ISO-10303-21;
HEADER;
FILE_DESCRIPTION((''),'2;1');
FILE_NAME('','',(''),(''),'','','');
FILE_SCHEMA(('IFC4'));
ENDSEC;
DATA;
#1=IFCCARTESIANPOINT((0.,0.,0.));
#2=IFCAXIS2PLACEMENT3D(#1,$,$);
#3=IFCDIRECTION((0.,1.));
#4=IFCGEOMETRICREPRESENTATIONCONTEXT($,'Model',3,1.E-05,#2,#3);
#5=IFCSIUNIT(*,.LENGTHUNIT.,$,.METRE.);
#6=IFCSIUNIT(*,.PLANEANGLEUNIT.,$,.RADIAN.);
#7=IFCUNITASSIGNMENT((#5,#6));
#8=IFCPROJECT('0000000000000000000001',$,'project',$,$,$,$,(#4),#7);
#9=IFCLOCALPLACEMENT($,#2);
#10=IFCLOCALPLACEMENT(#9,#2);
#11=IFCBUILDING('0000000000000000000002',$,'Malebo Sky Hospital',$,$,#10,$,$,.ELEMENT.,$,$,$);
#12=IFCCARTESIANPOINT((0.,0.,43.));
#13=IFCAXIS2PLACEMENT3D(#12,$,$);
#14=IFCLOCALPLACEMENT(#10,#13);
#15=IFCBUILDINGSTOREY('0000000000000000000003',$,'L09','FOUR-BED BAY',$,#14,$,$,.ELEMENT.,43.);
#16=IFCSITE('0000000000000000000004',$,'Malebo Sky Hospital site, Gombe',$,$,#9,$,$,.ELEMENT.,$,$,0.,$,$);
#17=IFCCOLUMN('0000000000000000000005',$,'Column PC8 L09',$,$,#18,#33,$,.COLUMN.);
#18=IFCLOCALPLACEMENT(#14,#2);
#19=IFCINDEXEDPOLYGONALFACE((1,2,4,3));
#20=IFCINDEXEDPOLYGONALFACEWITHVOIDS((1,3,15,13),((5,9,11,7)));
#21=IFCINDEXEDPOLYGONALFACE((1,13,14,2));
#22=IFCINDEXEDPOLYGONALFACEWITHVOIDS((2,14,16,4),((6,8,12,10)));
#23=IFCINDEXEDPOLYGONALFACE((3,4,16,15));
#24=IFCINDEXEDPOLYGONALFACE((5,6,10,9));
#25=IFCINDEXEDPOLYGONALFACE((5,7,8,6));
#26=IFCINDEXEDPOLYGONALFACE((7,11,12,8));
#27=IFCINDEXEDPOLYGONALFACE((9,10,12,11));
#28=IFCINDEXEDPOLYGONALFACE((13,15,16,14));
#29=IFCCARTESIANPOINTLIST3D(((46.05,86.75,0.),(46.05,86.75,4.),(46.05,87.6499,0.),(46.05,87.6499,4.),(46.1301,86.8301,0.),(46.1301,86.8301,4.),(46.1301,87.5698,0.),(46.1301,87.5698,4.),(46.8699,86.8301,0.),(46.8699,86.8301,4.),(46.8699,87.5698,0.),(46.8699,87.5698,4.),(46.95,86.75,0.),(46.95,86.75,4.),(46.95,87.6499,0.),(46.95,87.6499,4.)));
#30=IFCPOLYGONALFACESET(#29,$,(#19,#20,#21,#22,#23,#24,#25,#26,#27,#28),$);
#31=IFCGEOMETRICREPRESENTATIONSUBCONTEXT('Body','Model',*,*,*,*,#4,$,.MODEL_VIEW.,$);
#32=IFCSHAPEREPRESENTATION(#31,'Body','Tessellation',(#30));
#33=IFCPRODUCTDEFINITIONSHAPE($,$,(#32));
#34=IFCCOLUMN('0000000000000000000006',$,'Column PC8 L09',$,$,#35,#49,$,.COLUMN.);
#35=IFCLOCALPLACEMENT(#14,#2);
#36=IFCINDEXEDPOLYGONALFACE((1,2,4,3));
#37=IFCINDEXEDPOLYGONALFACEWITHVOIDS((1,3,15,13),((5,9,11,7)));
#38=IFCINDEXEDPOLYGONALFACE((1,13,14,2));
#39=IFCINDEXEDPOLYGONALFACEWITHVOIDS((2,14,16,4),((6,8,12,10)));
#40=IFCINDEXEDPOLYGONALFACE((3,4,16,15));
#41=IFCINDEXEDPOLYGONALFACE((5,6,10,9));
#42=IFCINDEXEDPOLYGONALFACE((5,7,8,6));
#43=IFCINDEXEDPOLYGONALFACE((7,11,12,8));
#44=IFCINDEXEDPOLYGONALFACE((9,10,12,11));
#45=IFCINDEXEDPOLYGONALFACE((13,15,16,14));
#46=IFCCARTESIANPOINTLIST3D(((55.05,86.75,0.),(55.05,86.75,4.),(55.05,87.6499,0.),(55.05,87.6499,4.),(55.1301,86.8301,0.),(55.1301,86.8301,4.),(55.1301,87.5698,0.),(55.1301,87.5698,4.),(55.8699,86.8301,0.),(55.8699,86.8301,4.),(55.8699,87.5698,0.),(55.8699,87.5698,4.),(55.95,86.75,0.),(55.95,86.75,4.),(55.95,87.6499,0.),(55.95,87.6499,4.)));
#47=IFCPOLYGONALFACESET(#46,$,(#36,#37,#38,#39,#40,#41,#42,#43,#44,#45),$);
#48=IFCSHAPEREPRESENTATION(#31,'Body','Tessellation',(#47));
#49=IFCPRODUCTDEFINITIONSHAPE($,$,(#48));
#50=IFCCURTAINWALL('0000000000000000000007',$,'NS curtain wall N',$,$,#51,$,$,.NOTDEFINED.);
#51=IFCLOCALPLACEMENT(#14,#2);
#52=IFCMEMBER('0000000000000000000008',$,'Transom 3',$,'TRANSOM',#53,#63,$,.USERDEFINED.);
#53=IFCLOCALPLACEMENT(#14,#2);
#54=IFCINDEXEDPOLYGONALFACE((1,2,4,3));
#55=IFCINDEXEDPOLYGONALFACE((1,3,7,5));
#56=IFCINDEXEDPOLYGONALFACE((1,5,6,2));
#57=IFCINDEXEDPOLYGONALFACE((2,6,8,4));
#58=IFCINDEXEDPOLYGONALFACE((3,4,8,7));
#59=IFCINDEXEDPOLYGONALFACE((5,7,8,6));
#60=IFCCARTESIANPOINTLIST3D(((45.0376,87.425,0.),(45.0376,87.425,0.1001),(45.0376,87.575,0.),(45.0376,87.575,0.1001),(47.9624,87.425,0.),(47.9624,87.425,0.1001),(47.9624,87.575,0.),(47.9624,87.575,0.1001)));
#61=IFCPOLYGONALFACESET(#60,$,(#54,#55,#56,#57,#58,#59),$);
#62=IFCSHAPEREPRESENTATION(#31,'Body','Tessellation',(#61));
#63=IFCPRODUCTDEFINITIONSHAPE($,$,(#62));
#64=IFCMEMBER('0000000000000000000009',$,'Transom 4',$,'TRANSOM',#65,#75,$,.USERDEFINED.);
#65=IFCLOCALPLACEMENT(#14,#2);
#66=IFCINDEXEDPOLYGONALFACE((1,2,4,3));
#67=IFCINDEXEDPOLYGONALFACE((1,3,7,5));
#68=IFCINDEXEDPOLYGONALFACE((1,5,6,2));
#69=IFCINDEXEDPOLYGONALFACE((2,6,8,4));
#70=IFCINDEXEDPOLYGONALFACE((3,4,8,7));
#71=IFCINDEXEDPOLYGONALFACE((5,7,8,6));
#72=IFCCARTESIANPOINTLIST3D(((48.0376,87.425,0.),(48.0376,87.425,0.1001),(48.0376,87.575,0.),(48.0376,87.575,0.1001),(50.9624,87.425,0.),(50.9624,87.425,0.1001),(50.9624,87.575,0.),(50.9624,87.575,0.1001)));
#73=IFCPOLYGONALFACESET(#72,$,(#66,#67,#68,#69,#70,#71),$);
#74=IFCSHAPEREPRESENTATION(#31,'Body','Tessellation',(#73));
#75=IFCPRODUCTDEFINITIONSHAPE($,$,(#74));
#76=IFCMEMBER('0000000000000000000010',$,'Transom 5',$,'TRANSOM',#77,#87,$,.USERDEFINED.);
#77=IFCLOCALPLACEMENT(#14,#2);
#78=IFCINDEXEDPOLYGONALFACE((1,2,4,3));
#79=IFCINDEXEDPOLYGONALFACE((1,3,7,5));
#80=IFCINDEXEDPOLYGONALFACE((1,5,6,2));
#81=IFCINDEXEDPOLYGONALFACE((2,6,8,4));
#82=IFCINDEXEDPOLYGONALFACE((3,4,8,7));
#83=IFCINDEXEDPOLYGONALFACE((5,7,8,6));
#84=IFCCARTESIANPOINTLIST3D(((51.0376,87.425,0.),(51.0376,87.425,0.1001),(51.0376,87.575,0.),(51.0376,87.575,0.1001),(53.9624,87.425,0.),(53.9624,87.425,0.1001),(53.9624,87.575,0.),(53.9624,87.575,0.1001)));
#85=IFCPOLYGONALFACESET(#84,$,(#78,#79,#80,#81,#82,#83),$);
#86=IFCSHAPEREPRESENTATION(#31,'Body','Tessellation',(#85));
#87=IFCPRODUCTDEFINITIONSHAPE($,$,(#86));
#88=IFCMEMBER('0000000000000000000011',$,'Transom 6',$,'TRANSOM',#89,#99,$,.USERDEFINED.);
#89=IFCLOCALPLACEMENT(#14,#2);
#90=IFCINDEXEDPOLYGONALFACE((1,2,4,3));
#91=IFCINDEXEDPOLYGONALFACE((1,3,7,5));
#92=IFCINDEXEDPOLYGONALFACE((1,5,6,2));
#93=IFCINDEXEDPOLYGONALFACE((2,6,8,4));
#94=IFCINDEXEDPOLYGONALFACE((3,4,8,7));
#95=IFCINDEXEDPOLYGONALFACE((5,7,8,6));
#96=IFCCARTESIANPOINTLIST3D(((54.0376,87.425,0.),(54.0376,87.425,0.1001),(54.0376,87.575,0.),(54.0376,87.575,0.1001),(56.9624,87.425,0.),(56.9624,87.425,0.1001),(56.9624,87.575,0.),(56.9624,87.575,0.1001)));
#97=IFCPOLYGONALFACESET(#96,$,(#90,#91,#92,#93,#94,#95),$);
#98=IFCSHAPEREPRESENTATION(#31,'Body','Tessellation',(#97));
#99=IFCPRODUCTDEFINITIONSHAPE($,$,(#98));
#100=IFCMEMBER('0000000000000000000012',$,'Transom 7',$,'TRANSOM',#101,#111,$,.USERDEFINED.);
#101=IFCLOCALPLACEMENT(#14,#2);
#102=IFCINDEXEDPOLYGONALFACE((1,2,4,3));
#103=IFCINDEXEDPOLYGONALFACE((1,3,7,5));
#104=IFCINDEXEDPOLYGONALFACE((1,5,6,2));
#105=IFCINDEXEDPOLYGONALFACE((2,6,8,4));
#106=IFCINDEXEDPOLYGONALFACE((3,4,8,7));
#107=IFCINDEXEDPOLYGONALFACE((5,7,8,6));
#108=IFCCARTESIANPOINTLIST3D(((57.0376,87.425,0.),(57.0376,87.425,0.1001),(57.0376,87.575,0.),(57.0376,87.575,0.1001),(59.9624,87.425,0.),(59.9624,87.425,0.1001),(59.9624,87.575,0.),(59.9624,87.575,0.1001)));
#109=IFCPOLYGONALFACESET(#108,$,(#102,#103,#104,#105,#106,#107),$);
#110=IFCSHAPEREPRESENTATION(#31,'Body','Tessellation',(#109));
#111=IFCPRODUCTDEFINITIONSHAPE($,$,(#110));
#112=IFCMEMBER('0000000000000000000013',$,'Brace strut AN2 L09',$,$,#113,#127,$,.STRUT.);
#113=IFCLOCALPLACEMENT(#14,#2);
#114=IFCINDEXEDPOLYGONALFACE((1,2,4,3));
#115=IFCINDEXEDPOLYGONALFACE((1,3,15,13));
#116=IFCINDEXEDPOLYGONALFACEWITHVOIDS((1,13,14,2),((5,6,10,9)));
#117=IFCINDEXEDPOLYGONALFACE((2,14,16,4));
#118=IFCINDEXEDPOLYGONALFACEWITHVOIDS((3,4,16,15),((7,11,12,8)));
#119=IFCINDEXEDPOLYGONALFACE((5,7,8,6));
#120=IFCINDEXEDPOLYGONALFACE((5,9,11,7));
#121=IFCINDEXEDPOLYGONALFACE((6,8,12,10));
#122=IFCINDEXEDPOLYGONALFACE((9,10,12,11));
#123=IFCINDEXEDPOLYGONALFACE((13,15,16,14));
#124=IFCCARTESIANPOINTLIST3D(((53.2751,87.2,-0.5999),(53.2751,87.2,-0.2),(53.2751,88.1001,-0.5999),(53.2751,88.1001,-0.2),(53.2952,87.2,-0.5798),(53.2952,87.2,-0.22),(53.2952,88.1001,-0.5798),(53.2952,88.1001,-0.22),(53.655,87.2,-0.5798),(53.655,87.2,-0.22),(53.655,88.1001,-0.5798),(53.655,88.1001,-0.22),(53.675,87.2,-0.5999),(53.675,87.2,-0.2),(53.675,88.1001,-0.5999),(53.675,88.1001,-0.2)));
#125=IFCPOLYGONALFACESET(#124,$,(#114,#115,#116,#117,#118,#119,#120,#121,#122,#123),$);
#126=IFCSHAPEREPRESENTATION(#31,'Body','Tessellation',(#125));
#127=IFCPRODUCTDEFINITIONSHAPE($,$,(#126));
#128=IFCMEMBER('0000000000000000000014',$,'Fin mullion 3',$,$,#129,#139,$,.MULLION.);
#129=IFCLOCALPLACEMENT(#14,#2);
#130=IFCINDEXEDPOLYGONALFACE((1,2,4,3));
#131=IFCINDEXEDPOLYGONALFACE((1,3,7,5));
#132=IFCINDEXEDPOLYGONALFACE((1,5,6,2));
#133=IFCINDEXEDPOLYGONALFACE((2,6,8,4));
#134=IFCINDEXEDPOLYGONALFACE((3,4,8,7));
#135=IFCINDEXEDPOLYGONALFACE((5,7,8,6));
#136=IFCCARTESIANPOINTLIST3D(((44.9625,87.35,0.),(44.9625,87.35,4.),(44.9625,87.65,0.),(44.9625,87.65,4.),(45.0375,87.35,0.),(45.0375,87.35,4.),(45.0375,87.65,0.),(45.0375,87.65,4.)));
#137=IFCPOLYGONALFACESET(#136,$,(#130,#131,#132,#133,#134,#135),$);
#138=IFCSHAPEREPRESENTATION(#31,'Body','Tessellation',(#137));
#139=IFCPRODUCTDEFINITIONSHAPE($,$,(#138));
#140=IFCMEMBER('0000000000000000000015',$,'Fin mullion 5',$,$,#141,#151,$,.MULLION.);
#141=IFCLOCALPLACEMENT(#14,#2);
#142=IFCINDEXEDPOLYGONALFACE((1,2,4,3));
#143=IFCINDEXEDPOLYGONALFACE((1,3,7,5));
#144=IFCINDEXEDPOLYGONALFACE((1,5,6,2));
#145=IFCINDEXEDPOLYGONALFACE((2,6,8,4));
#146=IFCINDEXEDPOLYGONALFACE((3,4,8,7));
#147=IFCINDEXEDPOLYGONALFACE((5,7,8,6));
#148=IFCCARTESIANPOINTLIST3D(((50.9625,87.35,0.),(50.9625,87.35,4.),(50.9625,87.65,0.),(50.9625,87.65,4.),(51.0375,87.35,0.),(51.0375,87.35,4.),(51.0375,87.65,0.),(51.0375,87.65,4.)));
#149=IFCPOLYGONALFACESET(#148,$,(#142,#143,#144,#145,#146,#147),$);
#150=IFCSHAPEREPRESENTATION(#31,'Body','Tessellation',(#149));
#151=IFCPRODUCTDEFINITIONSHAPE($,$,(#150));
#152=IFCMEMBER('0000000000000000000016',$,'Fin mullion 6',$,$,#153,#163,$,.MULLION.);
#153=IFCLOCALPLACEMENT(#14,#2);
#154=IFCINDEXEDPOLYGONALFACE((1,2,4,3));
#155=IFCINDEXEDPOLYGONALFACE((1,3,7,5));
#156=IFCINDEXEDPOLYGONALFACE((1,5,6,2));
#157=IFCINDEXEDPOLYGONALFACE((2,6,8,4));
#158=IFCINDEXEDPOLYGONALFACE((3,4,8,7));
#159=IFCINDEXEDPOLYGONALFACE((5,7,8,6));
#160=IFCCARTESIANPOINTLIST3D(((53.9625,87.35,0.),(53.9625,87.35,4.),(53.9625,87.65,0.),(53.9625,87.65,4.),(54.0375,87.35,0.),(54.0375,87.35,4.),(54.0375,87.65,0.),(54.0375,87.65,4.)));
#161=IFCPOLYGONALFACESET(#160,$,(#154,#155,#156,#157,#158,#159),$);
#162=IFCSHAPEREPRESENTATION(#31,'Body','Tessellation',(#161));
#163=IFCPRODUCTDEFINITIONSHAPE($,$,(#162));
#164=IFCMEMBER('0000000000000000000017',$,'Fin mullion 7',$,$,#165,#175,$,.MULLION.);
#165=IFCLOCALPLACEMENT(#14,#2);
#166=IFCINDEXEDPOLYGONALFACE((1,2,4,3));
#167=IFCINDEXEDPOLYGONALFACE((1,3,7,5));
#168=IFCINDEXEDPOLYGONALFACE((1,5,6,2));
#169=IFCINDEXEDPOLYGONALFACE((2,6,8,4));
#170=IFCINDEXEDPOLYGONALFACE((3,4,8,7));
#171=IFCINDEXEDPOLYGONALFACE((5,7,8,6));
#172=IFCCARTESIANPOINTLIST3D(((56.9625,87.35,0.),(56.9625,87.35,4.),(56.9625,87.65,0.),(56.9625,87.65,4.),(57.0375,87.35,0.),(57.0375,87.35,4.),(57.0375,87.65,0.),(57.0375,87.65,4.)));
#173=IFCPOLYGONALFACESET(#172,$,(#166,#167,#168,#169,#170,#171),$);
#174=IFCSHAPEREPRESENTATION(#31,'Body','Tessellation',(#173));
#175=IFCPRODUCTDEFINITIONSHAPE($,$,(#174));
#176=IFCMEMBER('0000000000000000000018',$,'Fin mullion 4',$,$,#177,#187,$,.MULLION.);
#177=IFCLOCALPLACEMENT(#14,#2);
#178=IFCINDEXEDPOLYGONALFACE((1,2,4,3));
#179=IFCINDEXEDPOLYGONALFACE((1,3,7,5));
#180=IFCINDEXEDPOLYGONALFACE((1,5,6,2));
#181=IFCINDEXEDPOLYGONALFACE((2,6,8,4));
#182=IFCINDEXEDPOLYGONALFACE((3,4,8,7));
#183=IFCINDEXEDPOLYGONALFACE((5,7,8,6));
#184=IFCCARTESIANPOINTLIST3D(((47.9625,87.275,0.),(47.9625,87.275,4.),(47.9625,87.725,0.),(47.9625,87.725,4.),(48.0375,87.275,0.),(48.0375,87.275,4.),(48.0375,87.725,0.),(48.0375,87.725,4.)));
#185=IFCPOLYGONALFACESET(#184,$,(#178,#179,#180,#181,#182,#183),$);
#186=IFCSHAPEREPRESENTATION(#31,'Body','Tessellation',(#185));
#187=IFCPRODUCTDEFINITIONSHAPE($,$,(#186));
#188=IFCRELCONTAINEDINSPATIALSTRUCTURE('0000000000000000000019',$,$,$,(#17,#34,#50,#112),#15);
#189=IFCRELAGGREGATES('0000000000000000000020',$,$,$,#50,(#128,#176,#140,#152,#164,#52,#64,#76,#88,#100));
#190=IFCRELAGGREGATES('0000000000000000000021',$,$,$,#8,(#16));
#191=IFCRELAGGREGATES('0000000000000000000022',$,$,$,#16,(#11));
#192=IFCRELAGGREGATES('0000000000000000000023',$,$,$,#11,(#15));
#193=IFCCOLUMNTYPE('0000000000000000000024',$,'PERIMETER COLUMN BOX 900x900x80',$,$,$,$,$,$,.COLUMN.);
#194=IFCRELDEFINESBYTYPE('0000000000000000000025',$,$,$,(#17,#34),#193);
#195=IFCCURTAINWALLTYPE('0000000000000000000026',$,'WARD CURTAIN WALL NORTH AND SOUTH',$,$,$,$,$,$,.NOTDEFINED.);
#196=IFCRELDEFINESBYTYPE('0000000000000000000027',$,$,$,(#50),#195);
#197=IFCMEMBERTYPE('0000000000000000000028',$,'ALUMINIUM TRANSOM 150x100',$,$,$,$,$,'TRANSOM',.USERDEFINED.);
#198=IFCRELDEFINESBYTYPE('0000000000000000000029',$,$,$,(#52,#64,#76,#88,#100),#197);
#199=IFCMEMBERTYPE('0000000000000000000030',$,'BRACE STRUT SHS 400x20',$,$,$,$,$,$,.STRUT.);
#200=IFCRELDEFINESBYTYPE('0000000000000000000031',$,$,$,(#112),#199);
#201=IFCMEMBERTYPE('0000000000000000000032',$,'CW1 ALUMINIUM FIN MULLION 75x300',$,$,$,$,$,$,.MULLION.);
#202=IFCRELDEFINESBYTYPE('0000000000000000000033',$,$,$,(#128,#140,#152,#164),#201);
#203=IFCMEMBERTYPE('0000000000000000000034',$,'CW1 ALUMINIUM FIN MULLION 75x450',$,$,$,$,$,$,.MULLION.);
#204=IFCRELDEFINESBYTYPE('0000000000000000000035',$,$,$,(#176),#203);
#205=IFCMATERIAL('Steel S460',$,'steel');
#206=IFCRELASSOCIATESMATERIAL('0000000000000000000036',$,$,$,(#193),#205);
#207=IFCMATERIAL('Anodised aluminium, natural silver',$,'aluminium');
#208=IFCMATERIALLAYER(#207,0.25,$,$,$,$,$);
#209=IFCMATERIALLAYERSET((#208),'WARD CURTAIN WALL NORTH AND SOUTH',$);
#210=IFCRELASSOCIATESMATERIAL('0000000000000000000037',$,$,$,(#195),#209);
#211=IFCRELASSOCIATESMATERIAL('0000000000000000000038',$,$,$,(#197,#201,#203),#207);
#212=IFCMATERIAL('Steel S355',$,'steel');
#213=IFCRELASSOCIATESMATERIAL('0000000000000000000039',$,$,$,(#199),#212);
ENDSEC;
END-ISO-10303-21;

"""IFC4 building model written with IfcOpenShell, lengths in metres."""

from ifc_helpers import new_model, si_unit, direction, frame, origin, origin_2d, place, context, subcontext, project, spatial, rectangle, hollow_rectangle, extrude, material, layer, layer_set, material_profile, profile_set, type_object, element, aggregate, save


model = new_model("IFC4")

# Units and contexts
model_context = context("Model", 3, precision=1e-05, world=origin(), true_north=direction((0.0, 1.0)))
body_context = subcontext(model_context, "Body", "Model", "MODEL_VIEW")
ifc_project = project(units=[si_unit("LENGTHUNIT", "METRE"), si_unit("PLANEANGLEUNIT", "RADIAN")], contexts=[model_context])

# Site, building, storey
site_placement = place(None, origin())
site = spatial("IfcSite", under=ifc_project, at=site_placement, Name="Malebo Sky Hospital site, Gombe", CompositionType="ELEMENT", RefElevation=0.0)
building_placement = place(site_placement, origin())
building = spatial("IfcBuilding", under=site, at=building_placement, Name="Malebo Sky Hospital", CompositionType="ELEMENT")
storey_placement = place(building_placement, frame((0.0, 0.0, 43.0)))
storey = spatial("IfcBuildingStorey", under=building, at=storey_placement, Name="L09", Description="FOUR-BED BAY", CompositionType="ELEMENT", Elevation=43.0)

# Columns
ifc_material_1 = material(Name="Steel S460", Category="steel")
ifc_material_profile_1 = material_profile(ifc_material_1, hollow_rectangle(XDim=0.8999, YDim=0.8999, WallThickness=0.0801, at=origin_2d()), Name="BOX 900x900x80")
ifc_profile_set_1 = profile_set([ifc_material_profile_1], Name="Steel S460")
column_type = type_object("IfcColumnType", Name="PERIMETER COLUMN BOX 900x900x80", PredefinedType="COLUMN", material=ifc_profile_set_1)
for number, where, z_axis, x_axis, name in (
    (1, (46.5, 87.2, 0.0), (0.0, 0.0, 1.0), (1.0, 0.0, 0.0), "Column PC8 L09"),
    (2, (55.5, 87.2, 0.0), (0.0, 0.0, 1.0), (1.0, 0.0, 0.0), "Column PC8 L09"),
):
    element("IfcColumn", number, at=place(storey_placement, frame(where, z_axis=z_axis, x_axis=x_axis)), inside=storey, type_object=column_type, Name=name, PredefinedType="COLUMN", context=body_context, shape_type="SweptSolid", body=[
        extrude(hollow_rectangle(XDim=0.8999, YDim=0.8999, WallThickness=0.0801, at=origin_2d()), origin(), (0.0, 0.0, 1.0), 4.0),
    ])

# Curtain wall, members
ifc_material_2 = material(Name="Anodised aluminium, natural silver", Category="aluminium")
ifc_layer_1 = layer(ifc_material_2, 0.25)
ifc_layer_set_1 = layer_set([ifc_layer_1], Name="WARD CURTAIN WALL NORTH AND SOUTH")
curtain_wall_type = type_object("IfcCurtainWallType", Name="WARD CURTAIN WALL NORTH AND SOUTH", PredefinedType="NOTDEFINED", material=ifc_layer_set_1)
curtain_wall_placement = place(storey_placement, origin())
curtain_wall = element("IfcCurtainWall", 3, at=curtain_wall_placement, inside=storey, type_object=curtain_wall_type, Name="NS curtain wall N", PredefinedType="NOTDEFINED")
ifc_material_profile_2 = material_profile(ifc_material_2, rectangle(XDim=0.1499, YDim=0.1001, at=origin_2d()), Name="ALUMINIUM TRANSOM 150x100")
ifc_profile_set_2 = profile_set([ifc_material_profile_2], Name="Anodised aluminium, natural silver")
member_type_1 = type_object("IfcMemberType", Name="ALUMINIUM TRANSOM 150x100", ElementType="TRANSOM", PredefinedType="USERDEFINED", material=ifc_profile_set_2)
member_1_placement = place(storey_placement, frame((45.0376, 87.5, 0.05), z_axis=(1.0, 0.0, 0.0), x_axis=(0.0, 1.0, 0.0)))
member_1 = element("IfcMember", 4, at=member_1_placement, type_object=member_type_1, Name="Transom 3", ObjectType="TRANSOM", PredefinedType="USERDEFINED", context=body_context, shape_type="SweptSolid", body=[
    extrude(rectangle(XDim=0.1499, YDim=0.1001, at=origin_2d()), origin(), (0.0, 0.0, 1.0), 2.9248),
])
member_2_placement = place(storey_placement, frame((48.0376, 87.5, 0.05), z_axis=(1.0, 0.0, 0.0), x_axis=(0.0, 1.0, 0.0)))
member_2 = element("IfcMember", 5, at=member_2_placement, type_object=member_type_1, Name="Transom 4", ObjectType="TRANSOM", PredefinedType="USERDEFINED", context=body_context, shape_type="SweptSolid", body=[
    extrude(rectangle(XDim=0.1499, YDim=0.1001, at=origin_2d()), origin(), (0.0, 0.0, 1.0), 2.9248),
])
member_3_placement = place(storey_placement, frame((51.0376, 87.5, 0.05), z_axis=(1.0, 0.0, 0.0), x_axis=(0.0, 1.0, 0.0)))
member_3 = element("IfcMember", 6, at=member_3_placement, type_object=member_type_1, Name="Transom 5", ObjectType="TRANSOM", PredefinedType="USERDEFINED", context=body_context, shape_type="SweptSolid", body=[
    extrude(rectangle(XDim=0.1499, YDim=0.1001, at=origin_2d()), origin(), (0.0, 0.0, 1.0), 2.9248),
])
member_4_placement = place(storey_placement, frame((54.0376, 87.5, 0.05), z_axis=(1.0, 0.0, 0.0), x_axis=(0.0, 1.0, 0.0)))
member_4 = element("IfcMember", 7, at=member_4_placement, type_object=member_type_1, Name="Transom 6", ObjectType="TRANSOM", PredefinedType="USERDEFINED", context=body_context, shape_type="SweptSolid", body=[
    extrude(rectangle(XDim=0.1499, YDim=0.1001, at=origin_2d()), origin(), (0.0, 0.0, 1.0), 2.9248),
])
member_5_placement = place(storey_placement, frame((57.0376, 87.5, 0.05), z_axis=(1.0, 0.0, 0.0), x_axis=(0.0, 1.0, 0.0)))
member_5 = element("IfcMember", 8, at=member_5_placement, type_object=member_type_1, Name="Transom 7", ObjectType="TRANSOM", PredefinedType="USERDEFINED", context=body_context, shape_type="SweptSolid", body=[
    extrude(rectangle(XDim=0.1499, YDim=0.1001, at=origin_2d()), origin(), (0.0, 0.0, 1.0), 2.9248),
])

# Members
ifc_material_3 = material(Name="Steel S355", Category="steel")
ifc_material_profile_3 = material_profile(ifc_material_3, hollow_rectangle(XDim=0.3999, YDim=0.3999, WallThickness=0.02, at=origin_2d()), Name="SHS 400x20")
ifc_profile_set_3 = profile_set([ifc_material_profile_3], Name="Steel S355")
member_type_2 = type_object("IfcMemberType", Name="BRACE STRUT SHS 400x20", PredefinedType="STRUT", material=ifc_profile_set_3)
member_6_placement = place(storey_placement, frame((53.4751, 88.1001, -0.3999), z_axis=(0.0, -1.0, 0.0), x_axis=(1.0, 0.0, 0.0)))
element("IfcMember", 9, at=member_6_placement, inside=storey, type_object=member_type_2, Name="Brace strut AN2 L09", PredefinedType="STRUT", context=body_context, shape_type="SweptSolid", body=[
    extrude(hollow_rectangle(XDim=0.3999, YDim=0.3999, WallThickness=0.02, at=origin_2d()), origin(), (0.0, 0.0, 1.0), 0.9001),
])
ifc_material_profile_4 = material_profile(ifc_material_2, rectangle(XDim=0.075, YDim=0.3, at=origin_2d()), Name="CW1 ALUMINIUM FIN MULLION 75x300")
ifc_profile_set_4 = profile_set([ifc_material_profile_4], Name="Anodised aluminium, natural silver")
member_type_3 = type_object("IfcMemberType", Name="CW1 ALUMINIUM FIN MULLION 75x300", PredefinedType="MULLION", material=ifc_profile_set_4)
member_7_placement = place(storey_placement, frame((45.0, 87.5, 0.0), z_axis=(0.0, 0.0, 1.0), x_axis=(1.0, 0.0, 0.0)))
member_7 = element("IfcMember", 10, at=member_7_placement, type_object=member_type_3, Name="Fin mullion 3", PredefinedType="MULLION", context=body_context, shape_type="SweptSolid", body=[
    extrude(rectangle(XDim=0.075, YDim=0.3, at=origin_2d()), origin(), (0.0, 0.0, 1.0), 4.0),
])
member_8_placement = place(storey_placement, frame((51.0, 87.5, 0.0), z_axis=(0.0, 0.0, 1.0), x_axis=(1.0, 0.0, 0.0)))
member_8 = element("IfcMember", 11, at=member_8_placement, type_object=member_type_3, Name="Fin mullion 5", PredefinedType="MULLION", context=body_context, shape_type="SweptSolid", body=[
    extrude(rectangle(XDim=0.075, YDim=0.3, at=origin_2d()), origin(), (0.0, 0.0, 1.0), 4.0),
])
member_9_placement = place(storey_placement, frame((54.0, 87.5, 0.0), z_axis=(0.0, 0.0, 1.0), x_axis=(1.0, 0.0, 0.0)))
member_9 = element("IfcMember", 12, at=member_9_placement, type_object=member_type_3, Name="Fin mullion 6", PredefinedType="MULLION", context=body_context, shape_type="SweptSolid", body=[
    extrude(rectangle(XDim=0.075, YDim=0.3, at=origin_2d()), origin(), (0.0, 0.0, 1.0), 4.0),
])
member_10_placement = place(storey_placement, frame((57.0, 87.5, 0.0), z_axis=(0.0, 0.0, 1.0), x_axis=(1.0, 0.0, 0.0)))
member_10 = element("IfcMember", 13, at=member_10_placement, type_object=member_type_3, Name="Fin mullion 7", PredefinedType="MULLION", context=body_context, shape_type="SweptSolid", body=[
    extrude(rectangle(XDim=0.075, YDim=0.3, at=origin_2d()), origin(), (0.0, 0.0, 1.0), 4.0),
])
ifc_material_profile_5 = material_profile(ifc_material_2, rectangle(XDim=0.075, YDim=0.45, at=origin_2d()), Name="CW1 ALUMINIUM FIN MULLION 75x450")
ifc_profile_set_5 = profile_set([ifc_material_profile_5], Name="Anodised aluminium, natural silver")
member_type_4 = type_object("IfcMemberType", Name="CW1 ALUMINIUM FIN MULLION 75x450", PredefinedType="MULLION", material=ifc_profile_set_5)
member_11_placement = place(storey_placement, frame((48.0, 87.5, 0.0), z_axis=(0.0, 0.0, 1.0), x_axis=(1.0, 0.0, 0.0)))
member_11 = element("IfcMember", 14, at=member_11_placement, type_object=member_type_4, Name="Fin mullion 4", PredefinedType="MULLION", context=body_context, shape_type="SweptSolid", body=[
    extrude(rectangle(XDim=0.075, YDim=0.45, at=origin_2d()), origin(), (0.0, 0.0, 1.0), 4.0),
])

aggregate(curtain_wall, [member_7, member_11, member_8, member_9, member_10, member_1, member_2, member_3, member_4, member_5])

save(model, "model.ifc")
